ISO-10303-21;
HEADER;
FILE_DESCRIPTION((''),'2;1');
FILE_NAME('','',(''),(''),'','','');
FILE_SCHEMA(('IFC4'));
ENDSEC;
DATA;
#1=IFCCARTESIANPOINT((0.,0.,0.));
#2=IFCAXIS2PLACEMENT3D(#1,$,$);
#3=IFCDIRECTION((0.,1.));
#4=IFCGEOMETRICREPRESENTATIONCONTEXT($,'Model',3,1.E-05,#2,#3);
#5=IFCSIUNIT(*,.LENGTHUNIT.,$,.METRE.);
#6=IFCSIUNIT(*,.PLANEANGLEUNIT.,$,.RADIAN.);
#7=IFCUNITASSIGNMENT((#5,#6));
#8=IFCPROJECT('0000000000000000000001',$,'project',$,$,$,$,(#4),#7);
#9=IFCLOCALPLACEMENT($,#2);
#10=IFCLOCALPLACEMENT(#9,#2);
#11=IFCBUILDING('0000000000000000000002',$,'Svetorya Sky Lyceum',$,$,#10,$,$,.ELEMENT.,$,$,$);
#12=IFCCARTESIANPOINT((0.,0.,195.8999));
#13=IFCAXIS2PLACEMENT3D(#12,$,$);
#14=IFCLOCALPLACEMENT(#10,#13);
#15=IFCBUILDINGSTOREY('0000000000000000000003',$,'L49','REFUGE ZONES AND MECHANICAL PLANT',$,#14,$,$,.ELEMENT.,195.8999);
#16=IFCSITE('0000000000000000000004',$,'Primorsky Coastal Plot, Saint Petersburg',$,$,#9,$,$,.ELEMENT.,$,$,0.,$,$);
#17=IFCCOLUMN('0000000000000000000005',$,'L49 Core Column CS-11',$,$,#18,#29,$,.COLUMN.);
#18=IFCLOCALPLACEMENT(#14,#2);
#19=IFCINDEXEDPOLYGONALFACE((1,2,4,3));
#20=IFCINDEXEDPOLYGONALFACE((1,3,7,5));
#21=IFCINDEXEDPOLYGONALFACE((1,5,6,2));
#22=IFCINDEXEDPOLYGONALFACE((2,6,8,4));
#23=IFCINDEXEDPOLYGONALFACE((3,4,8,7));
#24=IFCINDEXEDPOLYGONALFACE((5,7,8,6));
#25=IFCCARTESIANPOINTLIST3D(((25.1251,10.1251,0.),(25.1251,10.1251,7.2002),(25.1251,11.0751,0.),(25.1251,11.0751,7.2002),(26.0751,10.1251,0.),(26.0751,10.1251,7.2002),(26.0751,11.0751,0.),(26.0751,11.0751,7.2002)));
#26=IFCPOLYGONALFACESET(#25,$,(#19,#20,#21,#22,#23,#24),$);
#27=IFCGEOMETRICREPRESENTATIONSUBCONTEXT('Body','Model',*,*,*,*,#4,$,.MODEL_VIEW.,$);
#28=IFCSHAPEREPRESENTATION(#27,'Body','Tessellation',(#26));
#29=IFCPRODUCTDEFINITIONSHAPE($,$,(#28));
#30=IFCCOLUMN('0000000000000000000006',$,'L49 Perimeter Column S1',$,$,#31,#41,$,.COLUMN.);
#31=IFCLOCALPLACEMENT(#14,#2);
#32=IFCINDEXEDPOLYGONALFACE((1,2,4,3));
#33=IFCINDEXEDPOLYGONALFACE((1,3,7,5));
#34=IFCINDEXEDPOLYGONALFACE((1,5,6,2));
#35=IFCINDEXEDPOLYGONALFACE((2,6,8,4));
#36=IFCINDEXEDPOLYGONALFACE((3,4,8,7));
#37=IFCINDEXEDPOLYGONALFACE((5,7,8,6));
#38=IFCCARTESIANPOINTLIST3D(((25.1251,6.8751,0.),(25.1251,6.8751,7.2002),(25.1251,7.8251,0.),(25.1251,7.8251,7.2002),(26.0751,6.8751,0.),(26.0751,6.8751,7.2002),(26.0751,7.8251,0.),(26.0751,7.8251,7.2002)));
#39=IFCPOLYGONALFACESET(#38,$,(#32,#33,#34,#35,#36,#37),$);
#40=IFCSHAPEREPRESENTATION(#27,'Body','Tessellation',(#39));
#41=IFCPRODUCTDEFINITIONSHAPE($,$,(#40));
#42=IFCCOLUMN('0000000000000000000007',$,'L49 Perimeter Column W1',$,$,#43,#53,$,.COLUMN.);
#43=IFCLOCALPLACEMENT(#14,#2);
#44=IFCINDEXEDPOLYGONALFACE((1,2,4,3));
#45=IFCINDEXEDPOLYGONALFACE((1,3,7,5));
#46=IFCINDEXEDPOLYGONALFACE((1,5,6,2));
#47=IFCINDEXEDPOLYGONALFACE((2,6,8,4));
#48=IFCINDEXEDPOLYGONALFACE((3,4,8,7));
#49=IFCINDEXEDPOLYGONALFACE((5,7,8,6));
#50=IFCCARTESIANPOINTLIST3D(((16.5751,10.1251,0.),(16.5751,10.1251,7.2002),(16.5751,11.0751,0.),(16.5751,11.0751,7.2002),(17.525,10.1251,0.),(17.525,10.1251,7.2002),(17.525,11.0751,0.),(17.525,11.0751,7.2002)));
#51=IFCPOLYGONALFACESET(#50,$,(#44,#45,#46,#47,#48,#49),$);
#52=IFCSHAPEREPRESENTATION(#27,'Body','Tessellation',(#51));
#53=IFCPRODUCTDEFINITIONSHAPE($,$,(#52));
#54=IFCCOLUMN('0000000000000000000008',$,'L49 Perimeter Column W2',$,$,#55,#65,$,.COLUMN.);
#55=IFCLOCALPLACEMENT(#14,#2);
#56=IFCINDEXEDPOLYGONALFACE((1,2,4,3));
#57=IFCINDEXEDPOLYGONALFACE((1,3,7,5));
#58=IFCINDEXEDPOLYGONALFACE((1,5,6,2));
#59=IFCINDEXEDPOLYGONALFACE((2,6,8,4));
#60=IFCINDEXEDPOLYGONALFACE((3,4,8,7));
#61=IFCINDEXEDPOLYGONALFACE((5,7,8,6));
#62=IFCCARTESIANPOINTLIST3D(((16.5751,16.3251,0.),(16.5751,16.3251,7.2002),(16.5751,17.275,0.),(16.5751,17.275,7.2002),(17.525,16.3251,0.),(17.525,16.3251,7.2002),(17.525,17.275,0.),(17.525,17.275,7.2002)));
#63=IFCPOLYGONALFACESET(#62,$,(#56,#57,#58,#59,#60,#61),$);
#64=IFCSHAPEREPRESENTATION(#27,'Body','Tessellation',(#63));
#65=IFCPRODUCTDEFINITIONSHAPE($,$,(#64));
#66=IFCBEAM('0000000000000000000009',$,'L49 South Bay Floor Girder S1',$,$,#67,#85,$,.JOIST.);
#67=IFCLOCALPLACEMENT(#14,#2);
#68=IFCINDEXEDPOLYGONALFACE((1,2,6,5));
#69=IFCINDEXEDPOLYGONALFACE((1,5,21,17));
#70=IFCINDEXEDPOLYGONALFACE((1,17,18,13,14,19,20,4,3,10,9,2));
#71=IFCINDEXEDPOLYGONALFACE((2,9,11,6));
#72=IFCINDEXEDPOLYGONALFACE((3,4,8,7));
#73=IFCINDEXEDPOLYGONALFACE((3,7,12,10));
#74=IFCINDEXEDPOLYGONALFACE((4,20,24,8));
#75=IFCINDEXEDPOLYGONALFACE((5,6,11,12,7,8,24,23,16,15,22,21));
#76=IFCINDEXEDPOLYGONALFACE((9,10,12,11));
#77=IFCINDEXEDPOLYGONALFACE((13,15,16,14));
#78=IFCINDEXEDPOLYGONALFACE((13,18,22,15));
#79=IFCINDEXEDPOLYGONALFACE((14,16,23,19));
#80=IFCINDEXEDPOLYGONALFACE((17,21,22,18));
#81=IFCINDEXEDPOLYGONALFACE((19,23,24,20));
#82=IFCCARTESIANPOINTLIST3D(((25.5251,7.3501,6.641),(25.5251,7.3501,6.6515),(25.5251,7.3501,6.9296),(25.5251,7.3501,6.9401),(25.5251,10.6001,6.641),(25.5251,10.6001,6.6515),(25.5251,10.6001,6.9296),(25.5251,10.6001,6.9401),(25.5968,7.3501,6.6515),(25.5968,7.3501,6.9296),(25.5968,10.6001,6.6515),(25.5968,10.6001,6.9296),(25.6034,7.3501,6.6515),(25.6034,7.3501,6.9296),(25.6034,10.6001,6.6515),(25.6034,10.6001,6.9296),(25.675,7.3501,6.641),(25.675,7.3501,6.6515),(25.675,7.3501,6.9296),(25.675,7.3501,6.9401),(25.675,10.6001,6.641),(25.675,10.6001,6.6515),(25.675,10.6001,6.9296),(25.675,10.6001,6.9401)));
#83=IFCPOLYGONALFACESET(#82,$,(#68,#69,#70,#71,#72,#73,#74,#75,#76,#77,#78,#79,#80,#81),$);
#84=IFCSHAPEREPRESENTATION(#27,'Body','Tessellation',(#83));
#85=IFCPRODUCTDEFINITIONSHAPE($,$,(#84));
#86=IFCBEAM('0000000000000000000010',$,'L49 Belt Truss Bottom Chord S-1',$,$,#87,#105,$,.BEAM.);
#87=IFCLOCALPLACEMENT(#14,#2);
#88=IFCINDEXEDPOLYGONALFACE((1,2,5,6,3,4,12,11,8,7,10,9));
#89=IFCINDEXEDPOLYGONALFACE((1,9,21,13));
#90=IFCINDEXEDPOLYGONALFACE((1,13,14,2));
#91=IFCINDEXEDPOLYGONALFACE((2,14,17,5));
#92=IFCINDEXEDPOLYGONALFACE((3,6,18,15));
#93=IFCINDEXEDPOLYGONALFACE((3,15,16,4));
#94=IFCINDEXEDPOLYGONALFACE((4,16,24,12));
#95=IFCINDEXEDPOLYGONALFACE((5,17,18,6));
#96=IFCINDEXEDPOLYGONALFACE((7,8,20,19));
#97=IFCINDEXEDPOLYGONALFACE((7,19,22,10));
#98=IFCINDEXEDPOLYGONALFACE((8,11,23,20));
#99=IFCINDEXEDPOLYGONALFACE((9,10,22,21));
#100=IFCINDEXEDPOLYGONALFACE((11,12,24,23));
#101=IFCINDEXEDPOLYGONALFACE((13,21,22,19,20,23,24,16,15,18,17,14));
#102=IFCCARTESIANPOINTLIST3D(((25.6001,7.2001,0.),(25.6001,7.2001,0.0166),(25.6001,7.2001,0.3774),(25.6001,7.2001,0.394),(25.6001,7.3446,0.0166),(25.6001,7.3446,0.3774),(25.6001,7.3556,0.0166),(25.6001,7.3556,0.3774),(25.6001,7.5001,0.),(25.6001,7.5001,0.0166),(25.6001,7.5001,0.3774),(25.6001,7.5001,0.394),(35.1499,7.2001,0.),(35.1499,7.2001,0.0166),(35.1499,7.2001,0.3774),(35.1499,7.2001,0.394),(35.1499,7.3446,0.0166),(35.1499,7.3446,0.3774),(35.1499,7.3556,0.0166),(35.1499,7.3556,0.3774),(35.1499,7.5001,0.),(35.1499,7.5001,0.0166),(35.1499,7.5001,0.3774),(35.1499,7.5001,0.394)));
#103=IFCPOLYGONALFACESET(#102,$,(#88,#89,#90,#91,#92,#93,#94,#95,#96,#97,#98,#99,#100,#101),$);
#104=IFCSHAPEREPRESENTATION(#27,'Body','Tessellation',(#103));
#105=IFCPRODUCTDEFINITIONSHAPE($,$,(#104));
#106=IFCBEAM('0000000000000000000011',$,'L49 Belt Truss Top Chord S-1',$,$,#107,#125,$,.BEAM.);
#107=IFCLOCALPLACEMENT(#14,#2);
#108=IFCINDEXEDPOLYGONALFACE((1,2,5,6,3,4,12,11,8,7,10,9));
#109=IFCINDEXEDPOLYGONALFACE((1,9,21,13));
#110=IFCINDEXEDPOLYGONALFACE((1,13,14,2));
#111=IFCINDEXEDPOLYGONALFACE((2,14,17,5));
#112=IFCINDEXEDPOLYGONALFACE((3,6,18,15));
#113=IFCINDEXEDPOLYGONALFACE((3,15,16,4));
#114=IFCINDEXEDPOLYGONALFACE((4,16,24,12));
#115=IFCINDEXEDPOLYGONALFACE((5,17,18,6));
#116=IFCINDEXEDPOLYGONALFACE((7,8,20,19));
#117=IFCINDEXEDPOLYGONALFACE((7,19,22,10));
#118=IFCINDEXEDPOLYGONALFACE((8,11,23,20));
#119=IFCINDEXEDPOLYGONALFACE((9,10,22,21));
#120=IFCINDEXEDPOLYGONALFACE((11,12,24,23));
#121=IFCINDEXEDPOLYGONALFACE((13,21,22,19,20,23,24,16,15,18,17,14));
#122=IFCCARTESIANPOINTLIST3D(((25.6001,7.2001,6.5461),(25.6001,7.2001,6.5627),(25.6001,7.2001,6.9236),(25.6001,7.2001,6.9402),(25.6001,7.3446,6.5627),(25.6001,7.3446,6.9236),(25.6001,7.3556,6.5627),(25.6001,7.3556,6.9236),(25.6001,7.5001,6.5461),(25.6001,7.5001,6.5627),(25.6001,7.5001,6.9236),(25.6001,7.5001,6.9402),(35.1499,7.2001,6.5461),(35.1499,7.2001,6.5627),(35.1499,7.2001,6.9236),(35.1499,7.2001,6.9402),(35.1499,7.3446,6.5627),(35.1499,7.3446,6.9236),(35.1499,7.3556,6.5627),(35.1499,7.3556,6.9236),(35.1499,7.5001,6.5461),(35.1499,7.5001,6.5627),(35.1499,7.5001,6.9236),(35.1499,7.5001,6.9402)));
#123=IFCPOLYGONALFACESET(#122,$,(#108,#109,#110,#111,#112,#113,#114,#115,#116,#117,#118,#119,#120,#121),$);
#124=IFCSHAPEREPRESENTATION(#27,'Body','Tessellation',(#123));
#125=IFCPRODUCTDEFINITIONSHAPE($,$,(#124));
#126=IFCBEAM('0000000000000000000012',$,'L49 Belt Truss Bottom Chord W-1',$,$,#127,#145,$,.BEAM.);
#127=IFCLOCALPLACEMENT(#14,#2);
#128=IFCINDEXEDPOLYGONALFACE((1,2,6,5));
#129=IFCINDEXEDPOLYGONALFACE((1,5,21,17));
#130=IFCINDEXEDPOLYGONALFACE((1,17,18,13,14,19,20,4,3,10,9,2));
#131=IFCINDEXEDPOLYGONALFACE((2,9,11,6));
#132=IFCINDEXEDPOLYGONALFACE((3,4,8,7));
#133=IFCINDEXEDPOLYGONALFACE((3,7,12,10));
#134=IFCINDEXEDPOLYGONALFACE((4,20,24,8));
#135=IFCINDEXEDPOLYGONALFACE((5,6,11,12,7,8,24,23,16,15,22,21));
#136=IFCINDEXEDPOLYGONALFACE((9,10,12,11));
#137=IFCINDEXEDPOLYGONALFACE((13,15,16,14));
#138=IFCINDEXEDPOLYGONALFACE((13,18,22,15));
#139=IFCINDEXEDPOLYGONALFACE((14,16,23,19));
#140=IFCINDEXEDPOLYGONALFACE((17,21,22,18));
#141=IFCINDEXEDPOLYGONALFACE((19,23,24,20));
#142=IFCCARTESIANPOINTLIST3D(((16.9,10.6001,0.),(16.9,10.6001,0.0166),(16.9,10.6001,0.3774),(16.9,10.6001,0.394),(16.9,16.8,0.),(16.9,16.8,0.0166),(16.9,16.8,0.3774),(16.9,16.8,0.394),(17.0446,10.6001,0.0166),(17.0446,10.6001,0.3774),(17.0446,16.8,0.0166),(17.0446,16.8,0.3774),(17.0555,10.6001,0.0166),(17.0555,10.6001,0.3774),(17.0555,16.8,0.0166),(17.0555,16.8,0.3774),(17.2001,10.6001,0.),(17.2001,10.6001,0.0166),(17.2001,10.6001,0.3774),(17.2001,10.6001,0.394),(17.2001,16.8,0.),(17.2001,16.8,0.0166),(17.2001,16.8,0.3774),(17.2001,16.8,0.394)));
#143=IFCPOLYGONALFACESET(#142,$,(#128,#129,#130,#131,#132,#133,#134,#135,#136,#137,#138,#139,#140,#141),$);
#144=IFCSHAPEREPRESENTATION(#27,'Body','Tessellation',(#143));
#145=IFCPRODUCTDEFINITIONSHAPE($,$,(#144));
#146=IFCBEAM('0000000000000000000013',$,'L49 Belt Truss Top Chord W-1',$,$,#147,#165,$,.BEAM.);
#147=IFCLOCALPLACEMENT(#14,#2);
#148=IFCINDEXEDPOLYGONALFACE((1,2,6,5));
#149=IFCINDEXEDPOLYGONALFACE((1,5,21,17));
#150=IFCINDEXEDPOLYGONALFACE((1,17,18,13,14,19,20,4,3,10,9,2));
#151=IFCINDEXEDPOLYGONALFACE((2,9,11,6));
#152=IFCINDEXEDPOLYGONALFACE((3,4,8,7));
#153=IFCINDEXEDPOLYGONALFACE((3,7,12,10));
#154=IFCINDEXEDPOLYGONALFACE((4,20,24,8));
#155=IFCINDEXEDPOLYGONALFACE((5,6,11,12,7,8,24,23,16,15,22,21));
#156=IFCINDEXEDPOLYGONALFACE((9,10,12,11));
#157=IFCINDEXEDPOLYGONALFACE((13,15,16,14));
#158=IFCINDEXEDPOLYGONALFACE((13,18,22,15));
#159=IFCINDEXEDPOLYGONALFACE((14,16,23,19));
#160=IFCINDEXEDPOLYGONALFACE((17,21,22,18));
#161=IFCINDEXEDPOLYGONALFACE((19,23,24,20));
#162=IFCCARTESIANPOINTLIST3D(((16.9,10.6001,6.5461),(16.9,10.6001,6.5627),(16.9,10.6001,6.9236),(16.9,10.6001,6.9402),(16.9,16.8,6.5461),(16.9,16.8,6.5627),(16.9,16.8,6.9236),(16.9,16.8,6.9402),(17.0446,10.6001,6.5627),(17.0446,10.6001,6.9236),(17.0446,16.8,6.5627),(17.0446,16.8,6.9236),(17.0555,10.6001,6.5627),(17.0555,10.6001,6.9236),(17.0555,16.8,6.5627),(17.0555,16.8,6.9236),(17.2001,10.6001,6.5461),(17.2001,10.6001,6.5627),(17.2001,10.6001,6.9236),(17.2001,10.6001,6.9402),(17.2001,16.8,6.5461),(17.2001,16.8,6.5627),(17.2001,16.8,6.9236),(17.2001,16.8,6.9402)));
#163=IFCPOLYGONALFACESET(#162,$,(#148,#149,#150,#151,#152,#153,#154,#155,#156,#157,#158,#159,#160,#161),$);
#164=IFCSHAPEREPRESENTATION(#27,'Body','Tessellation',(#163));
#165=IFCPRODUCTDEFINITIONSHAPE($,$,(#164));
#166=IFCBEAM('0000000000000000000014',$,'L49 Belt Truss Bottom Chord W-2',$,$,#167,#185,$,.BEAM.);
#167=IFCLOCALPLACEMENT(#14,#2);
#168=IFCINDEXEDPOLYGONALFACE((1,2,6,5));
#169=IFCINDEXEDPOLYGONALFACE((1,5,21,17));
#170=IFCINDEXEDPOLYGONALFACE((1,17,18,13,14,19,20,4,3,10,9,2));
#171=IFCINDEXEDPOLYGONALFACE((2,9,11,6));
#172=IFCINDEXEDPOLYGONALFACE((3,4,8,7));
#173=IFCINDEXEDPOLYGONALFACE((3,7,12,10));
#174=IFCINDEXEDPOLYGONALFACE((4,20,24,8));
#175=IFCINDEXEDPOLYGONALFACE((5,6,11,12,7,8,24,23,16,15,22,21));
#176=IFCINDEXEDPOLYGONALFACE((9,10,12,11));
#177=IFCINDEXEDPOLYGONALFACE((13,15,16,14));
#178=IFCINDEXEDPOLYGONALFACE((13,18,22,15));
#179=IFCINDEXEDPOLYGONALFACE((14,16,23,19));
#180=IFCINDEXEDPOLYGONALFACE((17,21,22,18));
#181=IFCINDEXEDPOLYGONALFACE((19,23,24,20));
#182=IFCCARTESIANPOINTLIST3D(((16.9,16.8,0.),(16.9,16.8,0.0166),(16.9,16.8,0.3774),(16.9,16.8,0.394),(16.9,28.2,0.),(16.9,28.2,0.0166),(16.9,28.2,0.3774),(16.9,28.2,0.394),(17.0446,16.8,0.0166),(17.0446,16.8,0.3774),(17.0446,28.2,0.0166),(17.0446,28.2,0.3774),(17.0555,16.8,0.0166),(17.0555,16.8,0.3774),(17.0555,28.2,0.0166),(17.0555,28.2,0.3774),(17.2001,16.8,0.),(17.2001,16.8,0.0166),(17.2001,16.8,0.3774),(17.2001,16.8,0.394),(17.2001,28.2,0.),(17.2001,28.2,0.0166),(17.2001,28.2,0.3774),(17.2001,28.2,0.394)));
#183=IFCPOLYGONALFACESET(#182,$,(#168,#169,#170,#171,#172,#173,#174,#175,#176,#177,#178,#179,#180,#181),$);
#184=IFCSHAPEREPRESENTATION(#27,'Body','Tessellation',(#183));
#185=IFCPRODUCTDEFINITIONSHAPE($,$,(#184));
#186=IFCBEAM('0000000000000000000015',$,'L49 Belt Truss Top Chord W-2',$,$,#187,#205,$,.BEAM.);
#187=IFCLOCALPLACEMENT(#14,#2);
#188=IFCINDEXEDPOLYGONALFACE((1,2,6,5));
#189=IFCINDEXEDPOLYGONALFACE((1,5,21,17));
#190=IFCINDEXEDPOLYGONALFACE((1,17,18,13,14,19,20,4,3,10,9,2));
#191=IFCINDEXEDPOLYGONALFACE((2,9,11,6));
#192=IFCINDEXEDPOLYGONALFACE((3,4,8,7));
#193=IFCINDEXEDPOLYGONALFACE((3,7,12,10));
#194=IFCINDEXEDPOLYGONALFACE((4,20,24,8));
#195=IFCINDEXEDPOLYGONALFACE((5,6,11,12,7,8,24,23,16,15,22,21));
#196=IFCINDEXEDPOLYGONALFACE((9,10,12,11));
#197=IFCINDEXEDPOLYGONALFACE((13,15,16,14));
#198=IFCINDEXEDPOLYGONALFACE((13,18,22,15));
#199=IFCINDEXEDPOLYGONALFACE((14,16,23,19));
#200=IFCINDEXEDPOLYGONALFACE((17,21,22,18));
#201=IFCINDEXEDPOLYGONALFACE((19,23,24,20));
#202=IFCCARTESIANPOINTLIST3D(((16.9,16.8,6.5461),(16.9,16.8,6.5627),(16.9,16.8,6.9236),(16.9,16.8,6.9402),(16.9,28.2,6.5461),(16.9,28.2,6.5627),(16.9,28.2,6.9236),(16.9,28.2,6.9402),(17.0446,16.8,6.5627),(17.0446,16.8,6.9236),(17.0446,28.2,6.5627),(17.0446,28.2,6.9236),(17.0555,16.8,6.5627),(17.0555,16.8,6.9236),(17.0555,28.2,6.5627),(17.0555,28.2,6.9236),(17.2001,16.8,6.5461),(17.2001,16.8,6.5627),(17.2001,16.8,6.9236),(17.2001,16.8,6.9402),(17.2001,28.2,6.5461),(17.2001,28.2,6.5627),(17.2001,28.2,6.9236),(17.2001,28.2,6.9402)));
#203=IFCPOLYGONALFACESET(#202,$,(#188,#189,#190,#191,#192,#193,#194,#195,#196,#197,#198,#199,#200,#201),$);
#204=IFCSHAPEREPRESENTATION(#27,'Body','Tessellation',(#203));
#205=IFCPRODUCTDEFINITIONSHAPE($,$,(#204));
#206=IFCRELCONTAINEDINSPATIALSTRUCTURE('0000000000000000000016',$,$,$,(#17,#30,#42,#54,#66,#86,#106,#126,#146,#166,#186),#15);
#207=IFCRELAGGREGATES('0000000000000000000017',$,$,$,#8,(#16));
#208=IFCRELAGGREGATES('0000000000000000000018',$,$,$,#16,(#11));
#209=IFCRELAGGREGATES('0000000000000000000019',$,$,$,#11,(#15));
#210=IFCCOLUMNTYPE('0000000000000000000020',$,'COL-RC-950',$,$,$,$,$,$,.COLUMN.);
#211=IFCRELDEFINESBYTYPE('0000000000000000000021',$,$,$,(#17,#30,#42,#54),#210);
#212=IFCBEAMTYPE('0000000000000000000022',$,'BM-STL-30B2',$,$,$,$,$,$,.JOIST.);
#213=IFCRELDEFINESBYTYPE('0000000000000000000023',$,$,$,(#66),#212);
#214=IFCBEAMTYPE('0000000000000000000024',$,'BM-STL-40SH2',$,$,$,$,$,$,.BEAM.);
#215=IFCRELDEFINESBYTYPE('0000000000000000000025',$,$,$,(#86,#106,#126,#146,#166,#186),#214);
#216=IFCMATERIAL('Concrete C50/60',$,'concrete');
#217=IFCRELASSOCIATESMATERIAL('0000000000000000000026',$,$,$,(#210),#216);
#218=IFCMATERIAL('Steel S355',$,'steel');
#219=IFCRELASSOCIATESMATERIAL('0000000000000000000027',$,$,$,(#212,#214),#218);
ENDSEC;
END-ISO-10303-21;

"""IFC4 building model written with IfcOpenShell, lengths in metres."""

from ifc_helpers import new_model, si_unit, direction, frame, origin, origin_2d, place, context, subcontext, project, spatial, rectangle, i_section, extrude, material, material_profile, profile_set, type_object, element, save


model = new_model("IFC4")

# Units and contexts
model_context = context("Model", 3, precision=1e-05, world=origin(), true_north=direction((0.0, 1.0)))
body_context = subcontext(model_context, "Body", "Model", "MODEL_VIEW")
ifc_project = project(units=[si_unit("LENGTHUNIT", "METRE"), si_unit("PLANEANGLEUNIT", "RADIAN")], contexts=[model_context])

# Site, building, storey
site_placement = place(None, origin())
site = spatial("IfcSite", under=ifc_project, at=site_placement, Name="Primorsky Coastal Plot, Saint Petersburg", CompositionType="ELEMENT", RefElevation=0.0)
building_placement = place(site_placement, origin())
building = spatial("IfcBuilding", under=site, at=building_placement, Name="Svetorya Sky Lyceum", CompositionType="ELEMENT")
storey_placement = place(building_placement, frame((0.0, 0.0, 195.8999)))
storey = spatial("IfcBuildingStorey", under=building, at=storey_placement, Name="L49", Description="REFUGE ZONES AND MECHANICAL PLANT", CompositionType="ELEMENT", Elevation=195.8999)

# Columns
ifc_material_1 = material(Name="Concrete C50/60", Category="concrete")
ifc_material_profile_1 = material_profile(ifc_material_1, rectangle(XDim=0.95, YDim=0.95, at=origin_2d()), Name="RC COL 950x950")
ifc_profile_set_1 = profile_set([ifc_material_profile_1], Name="Concrete C50/60")
column_type = type_object("IfcColumnType", Name="COL-RC-950", PredefinedType="COLUMN", material=ifc_profile_set_1)
for number, where, z_axis, x_axis, name in (
    (1, (25.6001, 10.6001, 0.0), (0.0, 0.0, 1.0), (1.0, 0.0, 0.0), "L49 Core Column CS-11"),
    (2, (25.6001, 7.3501, 0.0), (0.0, 0.0, 1.0), (1.0, 0.0, 0.0), "L49 Perimeter Column S1"),
    (3, (17.05, 10.6001, 0.0), (0.0, 0.0, 1.0), (1.0, 0.0, 0.0), "L49 Perimeter Column W1"),
    (4, (17.05, 16.8, 0.0), (0.0, 0.0, 1.0), (1.0, 0.0, 0.0), "L49 Perimeter Column W2"),
):
    element("IfcColumn", number, at=place(storey_placement, frame(where, z_axis=z_axis, x_axis=x_axis)), inside=storey, type_object=column_type, Name=name, PredefinedType="COLUMN", context=body_context, shape_type="SweptSolid", body=[
        extrude(rectangle(XDim=0.95, YDim=0.95, at=origin_2d()), origin(), (0.0, 0.0, 1.0), 7.2002),
    ])

# Beams
ifc_material_2 = material(Name="Steel S355", Category="steel")
ifc_material_profile_2 = material_profile(ifc_material_2, i_section(OverallWidth=0.1499, OverallDepth=0.2991, WebThickness=0.0066, FlangeThickness=0.0105, at=origin_2d()), Name="GOST 30B2")
ifc_profile_set_2 = profile_set([ifc_material_profile_2], Name="Steel S355")
beam_type_1 = type_object("IfcBeamType", Name="BM-STL-30B2", PredefinedType="JOIST", material=ifc_profile_set_2)
beam_1_placement = place(storey_placement, frame((25.6001, 7.3501, 6.7905), z_axis=(0.0, 1.0, 0.0), x_axis=(-1.0, 0.0, 0.0)))
element("IfcBeam", 5, at=beam_1_placement, inside=storey, type_object=beam_type_1, Name="L49 South Bay Floor Girder S1", PredefinedType="JOIST", context=body_context, shape_type="SweptSolid", body=[
    extrude(i_section(OverallWidth=0.1499, OverallDepth=0.2991, WebThickness=0.0066, FlangeThickness=0.0105, at=origin_2d()), origin(), (0.0, 0.0, 1.0), 3.25),
])
ifc_material_profile_3 = material_profile(ifc_material_2, i_section(OverallWidth=0.3, OverallDepth=0.394, WebThickness=0.011, FlangeThickness=0.0166, at=origin_2d()), Name="GOST 40Sh2")
ifc_profile_set_3 = profile_set([ifc_material_profile_3], Name="Steel S355")
beam_type_2 = type_object("IfcBeamType", Name="BM-STL-40SH2", PredefinedType="BEAM", material=ifc_profile_set_3)
for number, where, z_axis, x_axis, name in (
    (6, (25.6001, 7.3501, 0.197), (1.0, 0.0, 0.0), (0.0, 1.0, 0.0), "L49 Belt Truss Bottom Chord S-1"),
    (7, (25.6001, 7.3501, 6.7432), (1.0, 0.0, 0.0), (0.0, 1.0, 0.0), "L49 Belt Truss Top Chord S-1"),
):
    element("IfcBeam", number, at=place(storey_placement, frame(where, z_axis=z_axis, x_axis=x_axis)), inside=storey, type_object=beam_type_2, Name=name, PredefinedType="BEAM", context=body_context, shape_type="SweptSolid", body=[
        extrude(i_section(OverallWidth=0.3, OverallDepth=0.394, WebThickness=0.011, FlangeThickness=0.0166, at=origin_2d()), origin(), (0.0, 0.0, 1.0), 9.5498),
    ])
for number, where, z_axis, x_axis, name in (
    (8, (17.05, 10.6001, 0.197), (0.0, 1.0, 0.0), (-1.0, 0.0, 0.0), "L49 Belt Truss Bottom Chord W-1"),
    (9, (17.05, 10.6001, 6.7432), (0.0, 1.0, 0.0), (-1.0, 0.0, 0.0), "L49 Belt Truss Top Chord W-1"),
):
    element("IfcBeam", number, at=place(storey_placement, frame(where, z_axis=z_axis, x_axis=x_axis)), inside=storey, type_object=beam_type_2, Name=name, PredefinedType="BEAM", context=body_context, shape_type="SweptSolid", body=[
        extrude(i_section(OverallWidth=0.3, OverallDepth=0.394, WebThickness=0.011, FlangeThickness=0.0166, at=origin_2d()), origin(), (0.0, 0.0, 1.0), 6.2),
    ])
for number, where, z_axis, x_axis, name in (
    (10, (17.05, 16.8, 0.197), (0.0, 1.0, 0.0), (-1.0, 0.0, 0.0), "L49 Belt Truss Bottom Chord W-2"),
    (11, (17.05, 16.8, 6.7432), (0.0, 1.0, 0.0), (-1.0, 0.0, 0.0), "L49 Belt Truss Top Chord W-2"),
):
    element("IfcBeam", number, at=place(storey_placement, frame(where, z_axis=z_axis, x_axis=x_axis)), inside=storey, type_object=beam_type_2, Name=name, PredefinedType="BEAM", context=body_context, shape_type="SweptSolid", body=[
        extrude(i_section(OverallWidth=0.3, OverallDepth=0.394, WebThickness=0.011, FlangeThickness=0.0166, at=origin_2d()), origin(), (0.0, 0.0, 1.0), 11.3999),
    ])

save(model, "model.ifc")
